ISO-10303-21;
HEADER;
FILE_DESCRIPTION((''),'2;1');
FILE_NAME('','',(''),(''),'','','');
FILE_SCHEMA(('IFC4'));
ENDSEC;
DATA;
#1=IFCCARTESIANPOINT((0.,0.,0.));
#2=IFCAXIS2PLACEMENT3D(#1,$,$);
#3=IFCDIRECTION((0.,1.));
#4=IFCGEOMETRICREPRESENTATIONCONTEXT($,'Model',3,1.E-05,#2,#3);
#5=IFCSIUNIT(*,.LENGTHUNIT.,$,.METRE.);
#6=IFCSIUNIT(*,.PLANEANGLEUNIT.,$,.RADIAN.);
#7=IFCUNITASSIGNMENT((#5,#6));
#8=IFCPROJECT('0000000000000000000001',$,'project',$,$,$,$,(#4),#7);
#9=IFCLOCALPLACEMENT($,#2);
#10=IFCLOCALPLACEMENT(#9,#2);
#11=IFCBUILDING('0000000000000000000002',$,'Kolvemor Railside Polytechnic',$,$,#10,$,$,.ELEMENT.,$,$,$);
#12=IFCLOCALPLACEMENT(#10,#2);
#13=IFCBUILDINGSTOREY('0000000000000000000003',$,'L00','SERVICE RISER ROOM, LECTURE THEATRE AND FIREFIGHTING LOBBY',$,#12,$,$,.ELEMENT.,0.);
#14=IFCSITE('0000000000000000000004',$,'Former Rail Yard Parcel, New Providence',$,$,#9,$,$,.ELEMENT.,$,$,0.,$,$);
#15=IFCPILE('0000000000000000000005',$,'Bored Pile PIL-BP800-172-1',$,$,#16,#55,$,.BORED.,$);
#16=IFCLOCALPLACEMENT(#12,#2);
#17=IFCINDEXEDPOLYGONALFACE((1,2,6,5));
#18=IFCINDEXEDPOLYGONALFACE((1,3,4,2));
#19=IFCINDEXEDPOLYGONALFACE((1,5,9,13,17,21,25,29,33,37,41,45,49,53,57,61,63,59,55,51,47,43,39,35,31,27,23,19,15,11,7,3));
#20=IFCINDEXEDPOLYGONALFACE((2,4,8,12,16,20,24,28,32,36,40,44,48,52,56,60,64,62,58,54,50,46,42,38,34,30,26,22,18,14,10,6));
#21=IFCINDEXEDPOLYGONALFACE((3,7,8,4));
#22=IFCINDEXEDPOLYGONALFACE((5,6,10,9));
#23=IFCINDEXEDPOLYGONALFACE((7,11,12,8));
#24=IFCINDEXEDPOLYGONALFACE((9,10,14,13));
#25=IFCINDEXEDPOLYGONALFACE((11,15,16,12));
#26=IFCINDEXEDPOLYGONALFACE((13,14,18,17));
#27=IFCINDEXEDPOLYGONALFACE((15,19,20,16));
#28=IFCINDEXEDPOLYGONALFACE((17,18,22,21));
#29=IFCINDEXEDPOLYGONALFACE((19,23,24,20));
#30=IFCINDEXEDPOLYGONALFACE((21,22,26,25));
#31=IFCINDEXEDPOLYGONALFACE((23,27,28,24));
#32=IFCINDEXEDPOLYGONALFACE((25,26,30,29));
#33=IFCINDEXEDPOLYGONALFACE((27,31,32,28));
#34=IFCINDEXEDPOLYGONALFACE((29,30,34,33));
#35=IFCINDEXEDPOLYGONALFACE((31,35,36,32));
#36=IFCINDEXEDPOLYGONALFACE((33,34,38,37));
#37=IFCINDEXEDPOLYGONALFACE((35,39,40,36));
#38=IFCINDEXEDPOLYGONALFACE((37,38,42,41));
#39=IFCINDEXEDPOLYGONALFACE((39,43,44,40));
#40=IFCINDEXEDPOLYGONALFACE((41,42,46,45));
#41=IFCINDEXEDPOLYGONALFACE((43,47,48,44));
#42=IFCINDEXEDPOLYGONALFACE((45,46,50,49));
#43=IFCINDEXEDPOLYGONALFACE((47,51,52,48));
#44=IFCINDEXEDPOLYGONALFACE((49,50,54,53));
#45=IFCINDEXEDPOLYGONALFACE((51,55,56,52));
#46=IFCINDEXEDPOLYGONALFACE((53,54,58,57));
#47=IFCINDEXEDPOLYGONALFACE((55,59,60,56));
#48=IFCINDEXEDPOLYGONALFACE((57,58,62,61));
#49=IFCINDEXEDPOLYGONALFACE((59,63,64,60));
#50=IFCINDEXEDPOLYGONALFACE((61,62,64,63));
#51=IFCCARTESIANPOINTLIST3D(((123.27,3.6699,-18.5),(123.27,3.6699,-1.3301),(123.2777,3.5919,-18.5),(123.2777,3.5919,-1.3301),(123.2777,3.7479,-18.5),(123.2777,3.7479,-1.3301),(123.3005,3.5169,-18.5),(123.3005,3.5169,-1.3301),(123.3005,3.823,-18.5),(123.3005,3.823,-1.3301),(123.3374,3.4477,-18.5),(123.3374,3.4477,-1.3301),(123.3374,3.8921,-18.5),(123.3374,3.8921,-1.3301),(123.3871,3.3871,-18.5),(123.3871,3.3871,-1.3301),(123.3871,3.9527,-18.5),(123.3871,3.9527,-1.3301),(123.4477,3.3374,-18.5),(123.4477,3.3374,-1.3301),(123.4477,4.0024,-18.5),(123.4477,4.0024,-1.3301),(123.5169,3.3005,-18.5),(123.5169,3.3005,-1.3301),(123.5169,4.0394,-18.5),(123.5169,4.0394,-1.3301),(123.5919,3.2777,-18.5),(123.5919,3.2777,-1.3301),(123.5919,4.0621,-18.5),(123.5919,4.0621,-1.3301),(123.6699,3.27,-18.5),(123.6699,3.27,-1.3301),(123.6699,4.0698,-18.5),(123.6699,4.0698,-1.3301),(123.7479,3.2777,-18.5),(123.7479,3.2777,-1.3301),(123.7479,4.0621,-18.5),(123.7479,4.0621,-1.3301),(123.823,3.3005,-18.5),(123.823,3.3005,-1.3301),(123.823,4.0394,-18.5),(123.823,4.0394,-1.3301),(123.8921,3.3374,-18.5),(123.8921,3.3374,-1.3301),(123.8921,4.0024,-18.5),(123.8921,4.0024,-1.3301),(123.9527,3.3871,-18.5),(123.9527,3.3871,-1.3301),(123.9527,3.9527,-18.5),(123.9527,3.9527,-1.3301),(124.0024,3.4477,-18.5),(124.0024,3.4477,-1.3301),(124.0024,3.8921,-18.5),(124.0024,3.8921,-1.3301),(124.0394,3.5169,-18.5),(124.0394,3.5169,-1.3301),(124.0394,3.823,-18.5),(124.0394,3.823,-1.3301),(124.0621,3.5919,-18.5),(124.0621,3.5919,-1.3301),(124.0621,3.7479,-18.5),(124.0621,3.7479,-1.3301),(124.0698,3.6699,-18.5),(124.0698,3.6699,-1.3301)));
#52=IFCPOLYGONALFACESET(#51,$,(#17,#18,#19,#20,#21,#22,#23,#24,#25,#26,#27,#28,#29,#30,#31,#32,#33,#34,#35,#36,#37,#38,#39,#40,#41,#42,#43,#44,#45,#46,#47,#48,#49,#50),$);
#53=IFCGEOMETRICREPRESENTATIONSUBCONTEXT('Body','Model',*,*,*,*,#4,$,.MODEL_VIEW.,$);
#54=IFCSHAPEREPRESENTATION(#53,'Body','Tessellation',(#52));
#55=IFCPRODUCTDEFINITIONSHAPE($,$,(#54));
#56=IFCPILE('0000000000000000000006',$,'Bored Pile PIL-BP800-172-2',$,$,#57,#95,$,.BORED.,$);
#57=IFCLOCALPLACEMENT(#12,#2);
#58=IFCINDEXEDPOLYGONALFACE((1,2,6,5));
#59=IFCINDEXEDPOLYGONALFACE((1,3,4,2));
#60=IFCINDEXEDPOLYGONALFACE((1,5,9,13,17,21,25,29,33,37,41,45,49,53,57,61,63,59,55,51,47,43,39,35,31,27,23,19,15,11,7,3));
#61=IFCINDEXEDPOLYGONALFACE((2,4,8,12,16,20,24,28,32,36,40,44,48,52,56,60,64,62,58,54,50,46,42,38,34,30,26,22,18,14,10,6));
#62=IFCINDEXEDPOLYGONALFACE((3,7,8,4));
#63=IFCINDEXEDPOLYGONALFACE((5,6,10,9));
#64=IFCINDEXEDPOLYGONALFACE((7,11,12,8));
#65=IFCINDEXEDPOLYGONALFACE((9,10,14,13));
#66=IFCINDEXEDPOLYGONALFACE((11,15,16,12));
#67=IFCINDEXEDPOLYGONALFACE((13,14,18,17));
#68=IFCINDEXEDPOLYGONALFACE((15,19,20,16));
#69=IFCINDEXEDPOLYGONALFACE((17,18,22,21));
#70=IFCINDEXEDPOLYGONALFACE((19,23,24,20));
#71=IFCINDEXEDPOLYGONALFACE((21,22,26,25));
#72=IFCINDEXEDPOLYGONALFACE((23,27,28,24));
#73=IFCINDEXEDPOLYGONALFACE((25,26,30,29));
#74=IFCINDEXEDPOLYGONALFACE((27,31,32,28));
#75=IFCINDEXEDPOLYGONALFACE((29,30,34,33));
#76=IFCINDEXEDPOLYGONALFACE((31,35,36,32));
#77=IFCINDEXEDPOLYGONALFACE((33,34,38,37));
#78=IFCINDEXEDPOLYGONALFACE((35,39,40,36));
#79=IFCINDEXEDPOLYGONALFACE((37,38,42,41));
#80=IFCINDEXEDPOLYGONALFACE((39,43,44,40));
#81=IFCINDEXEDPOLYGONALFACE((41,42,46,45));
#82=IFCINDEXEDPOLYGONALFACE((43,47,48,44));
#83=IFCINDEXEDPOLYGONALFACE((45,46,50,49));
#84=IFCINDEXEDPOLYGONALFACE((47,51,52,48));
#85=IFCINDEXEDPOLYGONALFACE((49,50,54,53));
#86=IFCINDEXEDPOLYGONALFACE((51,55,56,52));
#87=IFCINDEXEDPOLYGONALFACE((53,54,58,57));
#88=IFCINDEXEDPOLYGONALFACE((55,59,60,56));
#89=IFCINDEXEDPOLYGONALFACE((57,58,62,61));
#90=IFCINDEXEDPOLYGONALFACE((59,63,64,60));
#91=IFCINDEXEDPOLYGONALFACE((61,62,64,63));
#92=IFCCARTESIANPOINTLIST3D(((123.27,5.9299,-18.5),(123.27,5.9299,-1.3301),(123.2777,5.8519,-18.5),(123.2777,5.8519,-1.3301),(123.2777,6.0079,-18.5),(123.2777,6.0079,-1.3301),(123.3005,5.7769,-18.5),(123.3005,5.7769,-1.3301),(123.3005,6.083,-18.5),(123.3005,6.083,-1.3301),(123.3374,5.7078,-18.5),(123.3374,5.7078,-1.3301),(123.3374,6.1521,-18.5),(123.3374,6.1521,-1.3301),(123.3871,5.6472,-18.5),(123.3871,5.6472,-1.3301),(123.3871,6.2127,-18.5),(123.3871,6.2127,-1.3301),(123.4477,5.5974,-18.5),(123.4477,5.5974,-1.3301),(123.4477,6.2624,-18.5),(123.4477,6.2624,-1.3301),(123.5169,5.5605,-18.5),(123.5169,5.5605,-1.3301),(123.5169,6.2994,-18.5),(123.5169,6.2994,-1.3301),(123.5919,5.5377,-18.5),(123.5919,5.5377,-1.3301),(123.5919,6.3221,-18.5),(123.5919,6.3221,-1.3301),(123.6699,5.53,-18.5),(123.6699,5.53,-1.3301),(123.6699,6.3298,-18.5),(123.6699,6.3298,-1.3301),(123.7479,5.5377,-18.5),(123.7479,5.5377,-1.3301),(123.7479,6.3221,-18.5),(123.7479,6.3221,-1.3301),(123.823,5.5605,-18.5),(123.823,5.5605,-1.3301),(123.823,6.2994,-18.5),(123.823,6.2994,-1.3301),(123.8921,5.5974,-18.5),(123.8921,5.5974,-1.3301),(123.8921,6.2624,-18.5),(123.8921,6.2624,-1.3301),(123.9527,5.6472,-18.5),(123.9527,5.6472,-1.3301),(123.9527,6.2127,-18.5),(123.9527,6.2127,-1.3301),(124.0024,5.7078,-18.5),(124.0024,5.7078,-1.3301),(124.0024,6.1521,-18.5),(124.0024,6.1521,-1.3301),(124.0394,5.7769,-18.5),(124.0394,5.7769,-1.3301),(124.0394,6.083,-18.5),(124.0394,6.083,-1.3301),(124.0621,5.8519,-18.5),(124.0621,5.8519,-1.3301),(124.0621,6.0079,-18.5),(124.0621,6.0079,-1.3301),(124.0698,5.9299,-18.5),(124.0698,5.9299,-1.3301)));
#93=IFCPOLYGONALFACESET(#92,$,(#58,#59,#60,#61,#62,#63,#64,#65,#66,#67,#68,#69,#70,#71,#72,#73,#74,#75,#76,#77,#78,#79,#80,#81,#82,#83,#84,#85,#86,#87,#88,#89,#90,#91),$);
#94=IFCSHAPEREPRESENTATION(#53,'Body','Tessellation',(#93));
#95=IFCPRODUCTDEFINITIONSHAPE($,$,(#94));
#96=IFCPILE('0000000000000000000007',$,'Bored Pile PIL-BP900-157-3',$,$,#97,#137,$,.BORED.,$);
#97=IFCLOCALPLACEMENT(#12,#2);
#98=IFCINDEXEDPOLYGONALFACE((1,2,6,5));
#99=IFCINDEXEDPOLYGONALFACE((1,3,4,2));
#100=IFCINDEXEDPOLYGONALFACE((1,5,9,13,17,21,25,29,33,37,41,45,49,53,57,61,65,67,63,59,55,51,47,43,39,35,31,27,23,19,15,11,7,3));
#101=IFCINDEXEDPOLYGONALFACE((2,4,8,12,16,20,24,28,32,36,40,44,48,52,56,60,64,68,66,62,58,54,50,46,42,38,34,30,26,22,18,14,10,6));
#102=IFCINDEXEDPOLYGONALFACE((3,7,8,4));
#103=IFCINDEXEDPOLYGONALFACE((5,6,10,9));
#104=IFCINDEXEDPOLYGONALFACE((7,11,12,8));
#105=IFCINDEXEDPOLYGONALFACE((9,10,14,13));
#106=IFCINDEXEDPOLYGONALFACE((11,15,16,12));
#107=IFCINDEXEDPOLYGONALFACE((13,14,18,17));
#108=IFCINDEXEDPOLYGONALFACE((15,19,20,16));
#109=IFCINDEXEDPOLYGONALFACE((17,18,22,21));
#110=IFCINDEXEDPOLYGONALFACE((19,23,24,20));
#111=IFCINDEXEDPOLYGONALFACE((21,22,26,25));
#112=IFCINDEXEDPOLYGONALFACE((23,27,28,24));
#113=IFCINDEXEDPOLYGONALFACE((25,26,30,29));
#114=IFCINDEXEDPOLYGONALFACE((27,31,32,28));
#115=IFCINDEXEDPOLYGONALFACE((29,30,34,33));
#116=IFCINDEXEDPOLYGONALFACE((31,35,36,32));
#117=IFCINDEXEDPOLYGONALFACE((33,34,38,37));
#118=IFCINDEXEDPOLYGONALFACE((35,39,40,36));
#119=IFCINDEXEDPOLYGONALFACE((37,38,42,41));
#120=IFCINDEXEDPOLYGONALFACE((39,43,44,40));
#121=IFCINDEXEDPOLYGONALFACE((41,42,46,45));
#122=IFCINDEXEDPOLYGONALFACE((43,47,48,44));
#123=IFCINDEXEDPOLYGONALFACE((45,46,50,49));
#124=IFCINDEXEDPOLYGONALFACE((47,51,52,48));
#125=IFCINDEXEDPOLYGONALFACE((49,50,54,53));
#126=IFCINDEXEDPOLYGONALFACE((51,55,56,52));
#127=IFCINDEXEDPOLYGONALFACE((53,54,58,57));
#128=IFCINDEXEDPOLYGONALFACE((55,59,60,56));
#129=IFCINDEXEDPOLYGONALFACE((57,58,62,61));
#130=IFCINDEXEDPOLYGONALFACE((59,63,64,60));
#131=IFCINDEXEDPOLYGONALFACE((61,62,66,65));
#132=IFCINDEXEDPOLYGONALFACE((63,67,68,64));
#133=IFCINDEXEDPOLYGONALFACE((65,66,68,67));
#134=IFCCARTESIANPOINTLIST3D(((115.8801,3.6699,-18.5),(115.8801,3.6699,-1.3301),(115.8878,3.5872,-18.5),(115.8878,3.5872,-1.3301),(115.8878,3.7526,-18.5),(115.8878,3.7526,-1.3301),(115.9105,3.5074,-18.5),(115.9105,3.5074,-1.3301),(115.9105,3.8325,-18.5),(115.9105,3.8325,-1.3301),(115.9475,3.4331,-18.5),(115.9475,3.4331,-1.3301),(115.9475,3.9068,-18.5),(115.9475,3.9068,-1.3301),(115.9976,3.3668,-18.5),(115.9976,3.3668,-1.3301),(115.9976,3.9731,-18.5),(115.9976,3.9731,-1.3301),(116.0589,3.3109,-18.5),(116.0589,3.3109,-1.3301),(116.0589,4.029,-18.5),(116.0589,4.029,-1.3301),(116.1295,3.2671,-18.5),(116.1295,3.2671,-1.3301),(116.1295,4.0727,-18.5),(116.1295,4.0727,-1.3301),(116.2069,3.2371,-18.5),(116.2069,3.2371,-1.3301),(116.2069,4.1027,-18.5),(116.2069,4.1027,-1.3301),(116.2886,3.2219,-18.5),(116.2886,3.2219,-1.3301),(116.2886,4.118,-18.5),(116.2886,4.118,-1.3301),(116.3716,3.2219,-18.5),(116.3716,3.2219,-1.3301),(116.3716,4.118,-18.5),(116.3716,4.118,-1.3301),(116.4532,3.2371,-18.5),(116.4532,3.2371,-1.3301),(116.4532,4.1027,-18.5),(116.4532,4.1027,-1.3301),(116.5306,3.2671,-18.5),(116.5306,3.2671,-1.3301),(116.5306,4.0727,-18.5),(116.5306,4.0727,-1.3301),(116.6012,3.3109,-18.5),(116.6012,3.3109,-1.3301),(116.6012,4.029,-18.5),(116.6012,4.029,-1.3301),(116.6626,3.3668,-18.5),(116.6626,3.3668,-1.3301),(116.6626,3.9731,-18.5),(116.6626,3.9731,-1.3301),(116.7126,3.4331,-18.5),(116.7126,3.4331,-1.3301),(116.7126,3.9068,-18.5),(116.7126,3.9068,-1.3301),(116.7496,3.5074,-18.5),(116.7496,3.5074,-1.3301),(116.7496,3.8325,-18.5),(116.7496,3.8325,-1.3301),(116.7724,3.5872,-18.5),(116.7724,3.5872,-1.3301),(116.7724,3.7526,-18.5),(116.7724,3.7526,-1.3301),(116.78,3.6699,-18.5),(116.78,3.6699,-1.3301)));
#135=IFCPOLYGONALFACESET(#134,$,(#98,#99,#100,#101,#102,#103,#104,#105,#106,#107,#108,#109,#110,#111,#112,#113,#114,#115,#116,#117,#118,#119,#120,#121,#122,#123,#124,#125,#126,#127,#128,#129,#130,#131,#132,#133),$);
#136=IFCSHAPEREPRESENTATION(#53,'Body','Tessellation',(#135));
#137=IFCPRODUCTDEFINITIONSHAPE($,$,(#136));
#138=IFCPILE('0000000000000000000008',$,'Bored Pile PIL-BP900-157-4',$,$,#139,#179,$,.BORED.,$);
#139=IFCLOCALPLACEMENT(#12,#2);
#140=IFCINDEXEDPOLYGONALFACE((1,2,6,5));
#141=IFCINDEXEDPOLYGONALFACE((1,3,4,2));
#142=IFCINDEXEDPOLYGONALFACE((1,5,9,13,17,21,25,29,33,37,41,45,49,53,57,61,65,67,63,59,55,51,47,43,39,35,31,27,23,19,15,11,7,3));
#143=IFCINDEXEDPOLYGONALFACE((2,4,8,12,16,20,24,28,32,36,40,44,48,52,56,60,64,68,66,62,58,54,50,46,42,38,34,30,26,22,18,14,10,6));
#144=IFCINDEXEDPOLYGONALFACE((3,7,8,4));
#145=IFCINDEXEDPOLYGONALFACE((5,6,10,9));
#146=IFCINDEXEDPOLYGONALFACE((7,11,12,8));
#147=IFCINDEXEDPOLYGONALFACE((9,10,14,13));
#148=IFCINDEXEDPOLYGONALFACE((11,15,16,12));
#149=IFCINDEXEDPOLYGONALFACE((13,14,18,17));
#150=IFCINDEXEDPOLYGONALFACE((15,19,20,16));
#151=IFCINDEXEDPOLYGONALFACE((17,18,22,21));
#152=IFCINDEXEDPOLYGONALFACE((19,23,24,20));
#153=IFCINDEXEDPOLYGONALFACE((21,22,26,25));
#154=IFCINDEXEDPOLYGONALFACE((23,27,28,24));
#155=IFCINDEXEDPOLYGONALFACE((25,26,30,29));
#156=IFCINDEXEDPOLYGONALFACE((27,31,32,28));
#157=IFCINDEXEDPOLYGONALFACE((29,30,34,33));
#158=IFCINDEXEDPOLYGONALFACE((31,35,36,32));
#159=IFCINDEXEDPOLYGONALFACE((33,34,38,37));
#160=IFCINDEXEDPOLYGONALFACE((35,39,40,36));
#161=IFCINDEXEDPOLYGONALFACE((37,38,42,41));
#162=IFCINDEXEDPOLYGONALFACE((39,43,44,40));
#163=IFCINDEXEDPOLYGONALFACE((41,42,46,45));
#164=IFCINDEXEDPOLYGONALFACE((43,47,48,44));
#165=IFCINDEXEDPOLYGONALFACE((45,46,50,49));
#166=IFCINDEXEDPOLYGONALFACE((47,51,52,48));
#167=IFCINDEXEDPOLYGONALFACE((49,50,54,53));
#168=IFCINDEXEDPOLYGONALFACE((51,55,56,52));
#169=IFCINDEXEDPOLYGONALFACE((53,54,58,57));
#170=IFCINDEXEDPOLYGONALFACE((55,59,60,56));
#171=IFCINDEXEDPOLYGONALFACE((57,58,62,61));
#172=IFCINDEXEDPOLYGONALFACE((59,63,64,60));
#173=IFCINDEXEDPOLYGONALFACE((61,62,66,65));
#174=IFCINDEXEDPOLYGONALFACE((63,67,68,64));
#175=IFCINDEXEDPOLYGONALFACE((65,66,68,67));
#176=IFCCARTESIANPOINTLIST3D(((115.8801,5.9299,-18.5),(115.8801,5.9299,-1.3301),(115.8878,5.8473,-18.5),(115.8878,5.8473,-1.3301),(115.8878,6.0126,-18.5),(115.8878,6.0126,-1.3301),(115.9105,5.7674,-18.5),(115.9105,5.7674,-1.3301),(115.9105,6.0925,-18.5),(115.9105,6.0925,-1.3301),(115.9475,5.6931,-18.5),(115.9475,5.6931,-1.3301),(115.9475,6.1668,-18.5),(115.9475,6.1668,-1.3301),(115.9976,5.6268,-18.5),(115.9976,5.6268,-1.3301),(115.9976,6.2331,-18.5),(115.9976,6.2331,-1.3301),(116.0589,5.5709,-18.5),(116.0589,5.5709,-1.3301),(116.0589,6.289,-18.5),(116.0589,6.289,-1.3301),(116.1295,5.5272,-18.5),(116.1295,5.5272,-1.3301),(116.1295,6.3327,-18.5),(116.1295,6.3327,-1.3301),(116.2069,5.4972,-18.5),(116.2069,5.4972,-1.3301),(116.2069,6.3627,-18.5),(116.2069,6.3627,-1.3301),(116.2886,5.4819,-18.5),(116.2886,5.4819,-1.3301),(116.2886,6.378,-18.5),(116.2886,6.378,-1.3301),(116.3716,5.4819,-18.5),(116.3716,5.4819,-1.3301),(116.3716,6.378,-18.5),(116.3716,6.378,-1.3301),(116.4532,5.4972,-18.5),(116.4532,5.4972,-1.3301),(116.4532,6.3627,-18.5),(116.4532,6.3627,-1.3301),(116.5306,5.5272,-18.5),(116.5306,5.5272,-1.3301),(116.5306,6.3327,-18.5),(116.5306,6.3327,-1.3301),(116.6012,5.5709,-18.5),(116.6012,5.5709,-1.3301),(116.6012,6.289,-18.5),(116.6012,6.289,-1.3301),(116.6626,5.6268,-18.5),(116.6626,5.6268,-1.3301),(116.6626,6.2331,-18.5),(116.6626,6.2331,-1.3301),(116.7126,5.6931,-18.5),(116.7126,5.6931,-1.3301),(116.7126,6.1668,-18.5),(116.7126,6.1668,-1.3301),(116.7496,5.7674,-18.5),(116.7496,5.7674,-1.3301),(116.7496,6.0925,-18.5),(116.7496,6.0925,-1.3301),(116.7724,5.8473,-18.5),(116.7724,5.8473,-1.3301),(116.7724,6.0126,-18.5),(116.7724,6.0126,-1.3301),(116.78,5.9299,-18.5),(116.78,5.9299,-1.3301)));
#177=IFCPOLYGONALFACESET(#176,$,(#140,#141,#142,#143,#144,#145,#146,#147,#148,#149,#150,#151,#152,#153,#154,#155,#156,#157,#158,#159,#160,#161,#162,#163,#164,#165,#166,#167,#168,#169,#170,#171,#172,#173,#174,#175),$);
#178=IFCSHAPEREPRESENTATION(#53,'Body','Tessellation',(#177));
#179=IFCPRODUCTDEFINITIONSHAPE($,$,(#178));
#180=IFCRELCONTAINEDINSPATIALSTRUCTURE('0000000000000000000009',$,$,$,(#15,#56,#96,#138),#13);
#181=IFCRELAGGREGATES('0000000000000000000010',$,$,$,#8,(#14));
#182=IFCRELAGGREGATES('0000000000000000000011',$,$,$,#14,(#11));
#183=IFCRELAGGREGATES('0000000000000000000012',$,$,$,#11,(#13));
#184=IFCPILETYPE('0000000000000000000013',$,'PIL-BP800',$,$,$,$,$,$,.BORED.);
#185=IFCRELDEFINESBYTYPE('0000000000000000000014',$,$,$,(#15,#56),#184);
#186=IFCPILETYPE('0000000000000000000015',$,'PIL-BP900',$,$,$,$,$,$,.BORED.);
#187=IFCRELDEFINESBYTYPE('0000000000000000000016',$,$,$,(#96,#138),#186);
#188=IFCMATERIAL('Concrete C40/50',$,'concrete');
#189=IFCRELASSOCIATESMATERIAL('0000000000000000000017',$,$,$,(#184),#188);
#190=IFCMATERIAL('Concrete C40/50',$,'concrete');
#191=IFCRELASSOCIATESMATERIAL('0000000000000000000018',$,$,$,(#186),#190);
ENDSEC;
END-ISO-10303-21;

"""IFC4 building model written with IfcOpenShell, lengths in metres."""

from ifc_helpers import new_model, si_unit, direction, frame, origin, origin_2d, place, context, subcontext, project, spatial, circle, extrude, material, material_profile, profile_set, type_object, element, save


model = new_model("IFC4")

# Units and contexts
model_context = context("Model", 3, precision=1e-05, world=origin(), true_north=direction((0.0, 1.0)))
body_context = subcontext(model_context, "Body", "Model", "MODEL_VIEW")
ifc_project = project(units=[si_unit("LENGTHUNIT", "METRE"), si_unit("PLANEANGLEUNIT", "RADIAN")], contexts=[model_context])

# Site, building, storey
site_placement = place(None, origin())
site = spatial("IfcSite", under=ifc_project, at=site_placement, Name="Former Rail Yard Parcel, New Providence", CompositionType="ELEMENT", RefElevation=0.0)
building_placement = place(site_placement, origin())
building = spatial("IfcBuilding", under=site, at=building_placement, Name="Kolvemor Railside Polytechnic", CompositionType="ELEMENT")
storey_placement = place(building_placement, origin())
storey = spatial("IfcBuildingStorey", under=building, at=storey_placement, Name="L00", Description="SERVICE RISER ROOM, LECTURE THEATRE AND FIREFIGHTING LOBBY", CompositionType="ELEMENT", Elevation=0.0)

# Piles
ifc_material_1 = material(Name="Concrete C40/50", Category="concrete")
ifc_material_profile_1 = material_profile(ifc_material_1, circle(Radius=0.3999, at=origin_2d()), Name="BP800")
ifc_profile_set_1 = profile_set([ifc_material_profile_1], Name="Concrete C40/50")
pile_type_1 = type_object("IfcPileType", Name="PIL-BP800", PredefinedType="BORED", material=ifc_profile_set_1)
for number, where, z_axis, x_axis, name in (
    (1, (123.6699, 3.6699, -1.3301), (0.0, 0.0, -1.0), (1.0, 0.0, 0.0), "Bored Pile PIL-BP800-172-1"),
    (2, (123.6699, 5.9299, -1.3301), (0.0, 0.0, -1.0), (1.0, 0.0, 0.0), "Bored Pile PIL-BP800-172-2"),
):
    element("IfcPile", number, at=place(storey_placement, frame(where, z_axis=z_axis, x_axis=x_axis)), inside=storey, type_object=pile_type_1, Name=name, PredefinedType="BORED", context=body_context, shape_type="SweptSolid", body=[
        extrude(circle(Radius=0.3999, at=origin_2d()), origin(), (0.0, 0.0, 1.0), 17.1699),
    ])
ifc_material_2 = material(Name="Concrete C40/50", Category="concrete")
ifc_material_profile_2 = material_profile(ifc_material_2, circle(Radius=0.45, at=origin_2d()), Name="BP900")
ifc_profile_set_2 = profile_set([ifc_material_profile_2], Name="Concrete C40/50")
pile_type_2 = type_object("IfcPileType", Name="PIL-BP900", PredefinedType="BORED", material=ifc_profile_set_2)
for number, where, z_axis, x_axis, name in (
    (3, (116.3301, 3.6699, -1.3301), (0.0, 0.0, -1.0), (1.0, 0.0, 0.0), "Bored Pile PIL-BP900-157-3"),
    (4, (116.3301, 5.9299, -1.3301), (0.0, 0.0, -1.0), (1.0, 0.0, 0.0), "Bored Pile PIL-BP900-157-4"),
):
    element("IfcPile", number, at=place(storey_placement, frame(where, z_axis=z_axis, x_axis=x_axis)), inside=storey, type_object=pile_type_2, Name=name, PredefinedType="BORED", context=body_context, shape_type="SweptSolid", body=[
        extrude(circle(Radius=0.45, at=origin_2d()), origin(), (0.0, 0.0, 1.0), 17.1699),
    ])

save(model, "model.ifc")
